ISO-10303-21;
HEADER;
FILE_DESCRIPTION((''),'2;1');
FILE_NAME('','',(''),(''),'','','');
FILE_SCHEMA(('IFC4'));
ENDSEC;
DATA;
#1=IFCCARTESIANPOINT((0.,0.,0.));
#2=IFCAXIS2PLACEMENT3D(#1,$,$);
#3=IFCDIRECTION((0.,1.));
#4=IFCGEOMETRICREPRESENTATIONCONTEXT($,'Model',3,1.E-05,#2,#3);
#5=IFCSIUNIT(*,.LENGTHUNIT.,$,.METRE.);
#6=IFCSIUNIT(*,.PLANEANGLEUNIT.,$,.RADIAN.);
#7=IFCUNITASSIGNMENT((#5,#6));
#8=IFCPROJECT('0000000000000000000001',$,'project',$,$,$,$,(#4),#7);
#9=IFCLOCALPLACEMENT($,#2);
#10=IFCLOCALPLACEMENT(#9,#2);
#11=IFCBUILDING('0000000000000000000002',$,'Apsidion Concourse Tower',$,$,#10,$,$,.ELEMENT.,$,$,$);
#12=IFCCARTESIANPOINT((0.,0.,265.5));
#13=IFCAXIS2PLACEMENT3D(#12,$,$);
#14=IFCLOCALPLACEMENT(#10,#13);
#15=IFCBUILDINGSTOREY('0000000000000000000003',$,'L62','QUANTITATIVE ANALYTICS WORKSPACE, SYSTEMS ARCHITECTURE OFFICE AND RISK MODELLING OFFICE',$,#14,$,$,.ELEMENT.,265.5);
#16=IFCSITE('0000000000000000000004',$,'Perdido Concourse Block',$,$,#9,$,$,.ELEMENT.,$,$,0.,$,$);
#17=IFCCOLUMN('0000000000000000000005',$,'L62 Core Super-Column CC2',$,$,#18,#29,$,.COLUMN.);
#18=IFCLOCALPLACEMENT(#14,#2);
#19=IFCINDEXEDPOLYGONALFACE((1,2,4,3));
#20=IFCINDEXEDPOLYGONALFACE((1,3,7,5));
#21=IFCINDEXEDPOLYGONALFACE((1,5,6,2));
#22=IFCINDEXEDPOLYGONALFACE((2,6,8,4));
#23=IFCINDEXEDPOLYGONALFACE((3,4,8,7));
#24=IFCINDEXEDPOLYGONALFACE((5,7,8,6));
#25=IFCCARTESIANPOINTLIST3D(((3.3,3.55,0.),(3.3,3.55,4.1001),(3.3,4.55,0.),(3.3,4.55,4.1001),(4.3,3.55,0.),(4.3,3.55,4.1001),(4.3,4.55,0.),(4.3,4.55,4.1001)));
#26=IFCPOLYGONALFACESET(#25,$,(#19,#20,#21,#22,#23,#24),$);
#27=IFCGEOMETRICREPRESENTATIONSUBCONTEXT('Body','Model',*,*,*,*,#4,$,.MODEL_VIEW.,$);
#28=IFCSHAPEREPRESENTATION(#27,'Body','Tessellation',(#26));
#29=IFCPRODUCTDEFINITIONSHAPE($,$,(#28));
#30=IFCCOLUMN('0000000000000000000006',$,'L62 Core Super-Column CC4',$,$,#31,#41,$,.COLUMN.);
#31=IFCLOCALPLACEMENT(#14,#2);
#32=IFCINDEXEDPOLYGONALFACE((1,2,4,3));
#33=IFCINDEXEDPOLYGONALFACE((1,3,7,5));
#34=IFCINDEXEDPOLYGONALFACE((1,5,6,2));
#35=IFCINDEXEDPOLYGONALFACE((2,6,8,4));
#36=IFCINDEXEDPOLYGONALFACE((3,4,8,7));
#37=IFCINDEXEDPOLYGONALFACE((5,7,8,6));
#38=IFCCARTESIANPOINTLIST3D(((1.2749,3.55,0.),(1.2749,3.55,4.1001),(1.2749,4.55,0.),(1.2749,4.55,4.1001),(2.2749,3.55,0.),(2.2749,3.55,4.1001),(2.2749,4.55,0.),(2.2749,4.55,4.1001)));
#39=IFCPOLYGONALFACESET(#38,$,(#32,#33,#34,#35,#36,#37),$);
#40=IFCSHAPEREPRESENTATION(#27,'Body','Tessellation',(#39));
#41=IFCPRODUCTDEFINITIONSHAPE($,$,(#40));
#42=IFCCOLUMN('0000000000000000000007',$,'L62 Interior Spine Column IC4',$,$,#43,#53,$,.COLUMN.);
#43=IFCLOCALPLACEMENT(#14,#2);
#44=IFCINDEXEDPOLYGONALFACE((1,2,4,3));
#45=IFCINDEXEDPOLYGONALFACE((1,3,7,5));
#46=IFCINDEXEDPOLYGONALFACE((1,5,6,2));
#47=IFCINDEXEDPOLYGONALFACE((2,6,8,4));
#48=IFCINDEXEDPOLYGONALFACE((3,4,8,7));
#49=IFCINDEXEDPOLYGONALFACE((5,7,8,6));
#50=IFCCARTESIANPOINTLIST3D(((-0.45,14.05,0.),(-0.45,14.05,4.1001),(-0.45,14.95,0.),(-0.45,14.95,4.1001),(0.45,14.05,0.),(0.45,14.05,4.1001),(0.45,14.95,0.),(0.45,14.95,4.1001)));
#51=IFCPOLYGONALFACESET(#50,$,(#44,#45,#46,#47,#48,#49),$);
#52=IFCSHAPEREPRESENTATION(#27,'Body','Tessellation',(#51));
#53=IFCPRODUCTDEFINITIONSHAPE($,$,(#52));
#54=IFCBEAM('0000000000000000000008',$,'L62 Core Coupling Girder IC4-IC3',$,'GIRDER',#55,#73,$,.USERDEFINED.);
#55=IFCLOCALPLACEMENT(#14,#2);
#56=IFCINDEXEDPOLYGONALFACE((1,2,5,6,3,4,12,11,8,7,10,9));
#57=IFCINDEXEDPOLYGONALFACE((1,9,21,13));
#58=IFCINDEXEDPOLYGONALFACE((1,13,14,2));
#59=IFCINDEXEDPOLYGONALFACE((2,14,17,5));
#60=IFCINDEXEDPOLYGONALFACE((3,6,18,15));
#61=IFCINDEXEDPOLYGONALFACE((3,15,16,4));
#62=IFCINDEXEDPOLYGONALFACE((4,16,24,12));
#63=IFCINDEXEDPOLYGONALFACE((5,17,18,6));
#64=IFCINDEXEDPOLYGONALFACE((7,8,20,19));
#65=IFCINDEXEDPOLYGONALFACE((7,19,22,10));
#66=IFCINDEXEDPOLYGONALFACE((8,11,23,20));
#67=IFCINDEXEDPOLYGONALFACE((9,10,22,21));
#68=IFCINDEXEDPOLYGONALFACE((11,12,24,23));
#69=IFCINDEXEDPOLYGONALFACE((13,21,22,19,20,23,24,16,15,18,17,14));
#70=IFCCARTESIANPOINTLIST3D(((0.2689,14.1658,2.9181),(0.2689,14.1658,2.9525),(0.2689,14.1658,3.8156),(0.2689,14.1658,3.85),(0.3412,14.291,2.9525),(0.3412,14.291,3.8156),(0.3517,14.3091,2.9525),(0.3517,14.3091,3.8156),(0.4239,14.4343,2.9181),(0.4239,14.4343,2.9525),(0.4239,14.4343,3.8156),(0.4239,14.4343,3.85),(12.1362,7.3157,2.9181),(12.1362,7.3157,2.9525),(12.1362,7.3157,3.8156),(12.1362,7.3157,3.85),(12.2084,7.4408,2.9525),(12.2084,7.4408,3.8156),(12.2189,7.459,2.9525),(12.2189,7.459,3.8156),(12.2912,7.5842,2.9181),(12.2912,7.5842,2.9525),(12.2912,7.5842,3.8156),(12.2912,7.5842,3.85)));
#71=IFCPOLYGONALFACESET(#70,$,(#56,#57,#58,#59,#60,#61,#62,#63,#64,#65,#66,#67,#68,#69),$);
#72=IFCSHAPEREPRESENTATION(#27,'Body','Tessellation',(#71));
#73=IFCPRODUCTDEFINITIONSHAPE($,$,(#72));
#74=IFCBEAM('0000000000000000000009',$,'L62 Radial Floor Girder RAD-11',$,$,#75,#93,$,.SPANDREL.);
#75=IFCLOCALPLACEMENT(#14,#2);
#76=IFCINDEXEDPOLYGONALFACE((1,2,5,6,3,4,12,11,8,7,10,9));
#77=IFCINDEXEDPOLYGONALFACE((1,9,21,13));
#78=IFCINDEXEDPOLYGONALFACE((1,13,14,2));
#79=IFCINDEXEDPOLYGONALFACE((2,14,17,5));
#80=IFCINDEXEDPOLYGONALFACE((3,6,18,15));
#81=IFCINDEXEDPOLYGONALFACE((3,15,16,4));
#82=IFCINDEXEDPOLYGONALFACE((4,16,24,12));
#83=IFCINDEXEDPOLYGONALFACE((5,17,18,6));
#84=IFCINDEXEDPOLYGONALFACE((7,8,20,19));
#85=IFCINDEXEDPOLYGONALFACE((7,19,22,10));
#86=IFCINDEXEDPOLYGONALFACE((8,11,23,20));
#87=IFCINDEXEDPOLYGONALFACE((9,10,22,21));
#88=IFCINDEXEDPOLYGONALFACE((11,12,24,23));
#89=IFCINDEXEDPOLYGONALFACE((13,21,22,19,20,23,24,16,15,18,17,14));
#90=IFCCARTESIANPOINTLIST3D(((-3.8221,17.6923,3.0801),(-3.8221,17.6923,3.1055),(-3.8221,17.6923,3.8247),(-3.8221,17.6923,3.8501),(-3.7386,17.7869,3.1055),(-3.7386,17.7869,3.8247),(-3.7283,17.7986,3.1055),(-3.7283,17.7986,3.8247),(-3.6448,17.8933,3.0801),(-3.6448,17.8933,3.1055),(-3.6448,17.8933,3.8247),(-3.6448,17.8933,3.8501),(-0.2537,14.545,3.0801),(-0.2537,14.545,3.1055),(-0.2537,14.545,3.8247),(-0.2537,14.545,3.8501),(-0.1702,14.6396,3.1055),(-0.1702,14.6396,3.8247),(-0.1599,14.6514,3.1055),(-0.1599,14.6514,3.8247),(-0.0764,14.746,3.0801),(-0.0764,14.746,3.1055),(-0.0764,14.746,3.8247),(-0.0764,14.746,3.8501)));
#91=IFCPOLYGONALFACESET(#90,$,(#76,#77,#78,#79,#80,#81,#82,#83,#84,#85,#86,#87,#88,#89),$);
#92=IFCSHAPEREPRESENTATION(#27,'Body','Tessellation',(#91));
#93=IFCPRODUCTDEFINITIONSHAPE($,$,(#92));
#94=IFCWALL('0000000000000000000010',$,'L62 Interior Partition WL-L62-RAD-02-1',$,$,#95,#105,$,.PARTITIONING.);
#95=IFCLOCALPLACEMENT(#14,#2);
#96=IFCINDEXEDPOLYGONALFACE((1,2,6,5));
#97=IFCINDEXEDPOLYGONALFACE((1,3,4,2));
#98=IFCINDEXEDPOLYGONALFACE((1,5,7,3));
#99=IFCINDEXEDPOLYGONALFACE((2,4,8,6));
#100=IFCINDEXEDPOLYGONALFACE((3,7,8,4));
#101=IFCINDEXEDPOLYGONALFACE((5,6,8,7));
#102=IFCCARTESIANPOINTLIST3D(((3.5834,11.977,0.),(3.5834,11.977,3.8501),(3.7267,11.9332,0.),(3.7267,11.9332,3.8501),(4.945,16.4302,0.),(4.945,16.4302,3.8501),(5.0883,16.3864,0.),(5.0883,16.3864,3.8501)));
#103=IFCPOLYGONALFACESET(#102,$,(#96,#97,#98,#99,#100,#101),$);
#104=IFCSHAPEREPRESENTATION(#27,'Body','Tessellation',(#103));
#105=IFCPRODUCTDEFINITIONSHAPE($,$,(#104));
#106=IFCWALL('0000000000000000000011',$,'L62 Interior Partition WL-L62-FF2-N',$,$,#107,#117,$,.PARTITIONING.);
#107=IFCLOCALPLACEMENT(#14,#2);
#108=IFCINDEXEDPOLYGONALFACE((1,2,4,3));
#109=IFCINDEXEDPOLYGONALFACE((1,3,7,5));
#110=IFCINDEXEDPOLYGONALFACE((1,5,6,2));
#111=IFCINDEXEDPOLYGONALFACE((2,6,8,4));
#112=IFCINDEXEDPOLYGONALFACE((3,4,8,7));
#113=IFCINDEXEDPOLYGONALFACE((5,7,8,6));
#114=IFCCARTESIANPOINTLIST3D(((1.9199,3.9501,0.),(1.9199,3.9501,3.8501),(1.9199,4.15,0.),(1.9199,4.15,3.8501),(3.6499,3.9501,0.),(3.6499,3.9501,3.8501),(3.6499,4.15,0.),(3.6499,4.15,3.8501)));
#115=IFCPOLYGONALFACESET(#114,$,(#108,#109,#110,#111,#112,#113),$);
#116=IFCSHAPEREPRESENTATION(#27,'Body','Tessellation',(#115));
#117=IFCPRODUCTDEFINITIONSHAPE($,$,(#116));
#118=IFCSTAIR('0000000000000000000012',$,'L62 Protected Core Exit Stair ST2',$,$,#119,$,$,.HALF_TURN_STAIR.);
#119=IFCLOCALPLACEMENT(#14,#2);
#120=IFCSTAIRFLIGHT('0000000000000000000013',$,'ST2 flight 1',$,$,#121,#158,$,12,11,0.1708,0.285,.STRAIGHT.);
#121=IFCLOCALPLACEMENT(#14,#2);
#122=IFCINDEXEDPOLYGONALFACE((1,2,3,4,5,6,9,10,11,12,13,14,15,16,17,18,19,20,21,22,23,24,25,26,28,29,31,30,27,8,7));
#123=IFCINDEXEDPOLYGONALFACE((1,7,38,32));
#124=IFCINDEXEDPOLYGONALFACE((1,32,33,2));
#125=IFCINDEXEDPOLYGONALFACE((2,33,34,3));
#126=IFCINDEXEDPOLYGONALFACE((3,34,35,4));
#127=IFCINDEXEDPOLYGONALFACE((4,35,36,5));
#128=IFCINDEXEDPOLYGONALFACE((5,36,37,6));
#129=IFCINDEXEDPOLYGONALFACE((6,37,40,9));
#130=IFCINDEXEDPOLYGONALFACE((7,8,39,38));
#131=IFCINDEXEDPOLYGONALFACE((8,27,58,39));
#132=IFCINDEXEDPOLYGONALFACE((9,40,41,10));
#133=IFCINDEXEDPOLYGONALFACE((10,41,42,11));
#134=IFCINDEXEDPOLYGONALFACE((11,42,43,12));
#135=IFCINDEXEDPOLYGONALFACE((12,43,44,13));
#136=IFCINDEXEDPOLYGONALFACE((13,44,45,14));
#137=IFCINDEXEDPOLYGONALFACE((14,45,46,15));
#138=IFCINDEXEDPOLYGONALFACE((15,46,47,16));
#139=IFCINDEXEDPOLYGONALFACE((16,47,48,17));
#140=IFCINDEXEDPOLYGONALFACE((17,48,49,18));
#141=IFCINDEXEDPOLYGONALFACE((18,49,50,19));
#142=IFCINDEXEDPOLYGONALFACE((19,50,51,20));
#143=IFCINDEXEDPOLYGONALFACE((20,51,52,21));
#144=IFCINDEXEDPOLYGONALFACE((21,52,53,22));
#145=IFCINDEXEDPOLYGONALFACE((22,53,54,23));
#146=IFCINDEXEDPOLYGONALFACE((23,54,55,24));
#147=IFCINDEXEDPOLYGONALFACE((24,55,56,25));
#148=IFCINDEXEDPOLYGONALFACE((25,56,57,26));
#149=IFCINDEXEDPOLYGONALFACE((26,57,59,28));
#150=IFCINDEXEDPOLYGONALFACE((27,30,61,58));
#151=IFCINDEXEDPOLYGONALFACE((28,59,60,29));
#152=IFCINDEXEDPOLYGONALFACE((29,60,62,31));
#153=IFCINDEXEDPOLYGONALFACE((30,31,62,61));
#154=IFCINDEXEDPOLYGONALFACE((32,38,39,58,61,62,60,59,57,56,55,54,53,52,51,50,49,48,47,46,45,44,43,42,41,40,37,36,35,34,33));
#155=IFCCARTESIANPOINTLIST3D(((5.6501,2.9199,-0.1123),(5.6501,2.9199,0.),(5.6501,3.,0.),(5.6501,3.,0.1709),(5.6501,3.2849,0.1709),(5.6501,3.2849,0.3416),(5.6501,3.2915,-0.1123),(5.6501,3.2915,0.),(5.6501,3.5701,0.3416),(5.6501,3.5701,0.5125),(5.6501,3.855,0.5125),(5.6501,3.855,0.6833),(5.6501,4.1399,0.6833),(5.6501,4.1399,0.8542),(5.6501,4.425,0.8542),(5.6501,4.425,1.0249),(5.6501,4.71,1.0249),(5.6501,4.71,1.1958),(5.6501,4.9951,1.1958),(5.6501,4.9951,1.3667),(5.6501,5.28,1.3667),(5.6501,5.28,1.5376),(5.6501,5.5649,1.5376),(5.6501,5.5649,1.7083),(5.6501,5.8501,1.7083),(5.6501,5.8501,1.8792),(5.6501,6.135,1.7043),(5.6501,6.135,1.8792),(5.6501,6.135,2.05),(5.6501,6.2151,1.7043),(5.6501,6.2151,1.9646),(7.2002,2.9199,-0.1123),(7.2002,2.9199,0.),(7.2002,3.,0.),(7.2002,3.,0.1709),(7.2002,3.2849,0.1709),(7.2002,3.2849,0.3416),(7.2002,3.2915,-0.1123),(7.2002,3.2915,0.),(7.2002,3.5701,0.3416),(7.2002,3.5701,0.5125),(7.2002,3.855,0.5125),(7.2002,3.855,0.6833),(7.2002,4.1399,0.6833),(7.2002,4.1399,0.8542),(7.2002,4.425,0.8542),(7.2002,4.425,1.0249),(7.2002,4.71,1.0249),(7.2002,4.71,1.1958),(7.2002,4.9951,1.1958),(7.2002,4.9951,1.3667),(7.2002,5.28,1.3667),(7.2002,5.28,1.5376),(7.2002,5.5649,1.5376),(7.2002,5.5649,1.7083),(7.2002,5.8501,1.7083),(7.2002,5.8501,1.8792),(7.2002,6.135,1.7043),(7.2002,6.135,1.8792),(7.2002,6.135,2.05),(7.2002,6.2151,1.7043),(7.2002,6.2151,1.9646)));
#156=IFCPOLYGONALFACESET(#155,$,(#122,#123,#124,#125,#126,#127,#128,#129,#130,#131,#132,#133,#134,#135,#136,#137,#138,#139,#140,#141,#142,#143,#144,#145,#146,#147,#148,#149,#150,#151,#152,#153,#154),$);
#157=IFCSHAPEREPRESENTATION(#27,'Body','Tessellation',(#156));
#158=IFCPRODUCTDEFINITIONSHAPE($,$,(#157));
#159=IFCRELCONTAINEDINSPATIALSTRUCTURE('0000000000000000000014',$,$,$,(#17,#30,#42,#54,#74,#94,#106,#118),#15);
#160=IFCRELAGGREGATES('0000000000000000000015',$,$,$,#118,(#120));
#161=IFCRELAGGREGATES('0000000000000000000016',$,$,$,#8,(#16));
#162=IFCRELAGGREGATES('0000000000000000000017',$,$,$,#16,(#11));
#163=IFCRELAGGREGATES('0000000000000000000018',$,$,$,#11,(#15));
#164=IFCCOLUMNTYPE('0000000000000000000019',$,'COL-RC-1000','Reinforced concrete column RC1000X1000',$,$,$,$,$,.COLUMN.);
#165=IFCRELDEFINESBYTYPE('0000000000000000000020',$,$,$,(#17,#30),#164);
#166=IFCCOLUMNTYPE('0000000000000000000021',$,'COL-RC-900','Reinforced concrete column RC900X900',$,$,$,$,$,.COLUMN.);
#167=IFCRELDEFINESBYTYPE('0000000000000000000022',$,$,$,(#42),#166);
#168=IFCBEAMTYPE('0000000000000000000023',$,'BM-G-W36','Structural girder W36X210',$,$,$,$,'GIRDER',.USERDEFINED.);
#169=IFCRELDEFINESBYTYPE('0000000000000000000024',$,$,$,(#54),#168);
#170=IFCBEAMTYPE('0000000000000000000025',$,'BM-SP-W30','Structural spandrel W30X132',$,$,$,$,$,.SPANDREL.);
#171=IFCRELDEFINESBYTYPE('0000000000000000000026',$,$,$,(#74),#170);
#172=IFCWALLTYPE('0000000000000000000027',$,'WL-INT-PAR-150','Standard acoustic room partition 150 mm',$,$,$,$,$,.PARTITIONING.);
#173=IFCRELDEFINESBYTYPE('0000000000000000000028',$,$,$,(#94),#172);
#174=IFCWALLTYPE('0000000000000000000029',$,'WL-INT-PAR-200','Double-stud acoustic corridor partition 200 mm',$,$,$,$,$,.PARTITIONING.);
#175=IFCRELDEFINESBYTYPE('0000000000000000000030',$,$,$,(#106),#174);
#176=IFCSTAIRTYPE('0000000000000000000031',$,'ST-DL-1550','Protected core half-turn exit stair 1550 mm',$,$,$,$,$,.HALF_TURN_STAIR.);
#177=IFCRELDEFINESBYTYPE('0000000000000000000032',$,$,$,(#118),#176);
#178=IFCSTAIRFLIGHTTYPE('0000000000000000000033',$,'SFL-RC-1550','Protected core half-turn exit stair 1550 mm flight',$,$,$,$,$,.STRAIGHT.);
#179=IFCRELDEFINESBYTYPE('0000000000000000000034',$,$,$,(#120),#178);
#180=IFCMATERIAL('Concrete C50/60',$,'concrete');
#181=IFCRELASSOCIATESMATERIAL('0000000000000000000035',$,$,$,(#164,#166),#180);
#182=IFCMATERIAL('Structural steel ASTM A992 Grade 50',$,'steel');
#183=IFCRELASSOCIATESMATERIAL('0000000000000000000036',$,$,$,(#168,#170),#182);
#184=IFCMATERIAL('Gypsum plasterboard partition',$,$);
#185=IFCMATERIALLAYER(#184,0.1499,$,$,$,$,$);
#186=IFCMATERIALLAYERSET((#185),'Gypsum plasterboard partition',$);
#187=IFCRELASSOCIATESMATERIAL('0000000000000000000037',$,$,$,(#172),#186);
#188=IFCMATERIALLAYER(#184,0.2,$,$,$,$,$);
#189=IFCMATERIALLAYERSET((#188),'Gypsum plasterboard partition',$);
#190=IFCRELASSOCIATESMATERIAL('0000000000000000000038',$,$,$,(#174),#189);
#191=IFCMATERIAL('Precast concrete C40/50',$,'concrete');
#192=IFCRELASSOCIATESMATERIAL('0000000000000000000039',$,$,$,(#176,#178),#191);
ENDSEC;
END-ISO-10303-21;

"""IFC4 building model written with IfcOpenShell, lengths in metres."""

from ifc_helpers import new_model, si_unit, direction, frame, frame_2d, origin, origin_2d, place, context, subcontext, project, spatial, polyline, rectangle, i_section, outline, extrude, material, layer, layer_set, material_profile, profile_set, type_object, element, aggregate, save


model = new_model("IFC4")

# Units and contexts
model_context = context("Model", 3, precision=1e-05, world=origin(), true_north=direction((0.0, 1.0)))
body_context = subcontext(model_context, "Body", "Model", "MODEL_VIEW")
ifc_project = project(units=[si_unit("LENGTHUNIT", "METRE"), si_unit("PLANEANGLEUNIT", "RADIAN")], contexts=[model_context])

# Site, building, storey
site_placement = place(None, origin())
site = spatial("IfcSite", under=ifc_project, at=site_placement, Name="Perdido Concourse Block", CompositionType="ELEMENT", RefElevation=0.0)
building_placement = place(site_placement, origin())
building = spatial("IfcBuilding", under=site, at=building_placement, Name="Apsidion Concourse Tower", CompositionType="ELEMENT")
storey_placement = place(building_placement, frame((0.0, 0.0, 265.5)))
storey = spatial("IfcBuildingStorey", under=building, at=storey_placement, Name="L62", Description="QUANTITATIVE ANALYTICS WORKSPACE, SYSTEMS ARCHITECTURE OFFICE AND RISK MODELLING OFFICE", CompositionType="ELEMENT", Elevation=265.5)

# Columns
ifc_material_1 = material(Name="Concrete C50/60", Category="concrete")
ifc_material_profile_1 = material_profile(ifc_material_1, rectangle(XDim=1.0, YDim=1.0, at=origin_2d()), Name="RC 1000x1000")
ifc_profile_set_1 = profile_set([ifc_material_profile_1], Name="Concrete C50/60")
column_type_1 = type_object("IfcColumnType", Name="COL-RC-1000", Description="Reinforced concrete column RC1000X1000", PredefinedType="COLUMN", material=ifc_profile_set_1)
for number, where, z_axis, x_axis, name in (
    (1, (3.8, 4.05, 0.0), (0.0, 0.0, 1.0), (1.0, 0.0, 0.0), "L62 Core Super-Column CC2"),
    (2, (1.7749, 4.05, 0.0), (0.0, 0.0, 1.0), (1.0, 0.0, 0.0), "L62 Core Super-Column CC4"),
):
    element("IfcColumn", number, at=place(storey_placement, frame(where, z_axis=z_axis, x_axis=x_axis)), inside=storey, type_object=column_type_1, Name=name, PredefinedType="COLUMN", context=body_context, shape_type="SweptSolid", body=[
        extrude(rectangle(XDim=1.0, YDim=1.0, at=origin_2d()), origin(), (0.0, 0.0, 1.0), 4.1001),
    ])
ifc_material_profile_2 = material_profile(ifc_material_1, rectangle(XDim=0.8999, YDim=0.8999, at=origin_2d()), Name="RC 900x900")
ifc_profile_set_2 = profile_set([ifc_material_profile_2], Name="Concrete C50/60")
column_type_2 = type_object("IfcColumnType", Name="COL-RC-900", Description="Reinforced concrete column RC900X900", PredefinedType="COLUMN", material=ifc_profile_set_2)
column_placement = place(storey_placement, frame((0.0, 14.5, 0.0), z_axis=(0.0, 0.0, 1.0), x_axis=(1.0, 0.0, 0.0)))
element("IfcColumn", 3, at=column_placement, inside=storey, type_object=column_type_2, Name="L62 Interior Spine Column IC4", PredefinedType="COLUMN", context=body_context, shape_type="SweptSolid", body=[
    extrude(rectangle(XDim=0.8999, YDim=0.8999, at=origin_2d()), origin(), (0.0, 0.0, 1.0), 4.1001),
])

# Beams
ifc_material_2 = material(Name="Structural steel ASTM A992 Grade 50", Category="steel")
ifc_material_profile_3 = material_profile(ifc_material_2, i_section(OverallWidth=0.3101, OverallDepth=0.9319, WebThickness=0.021, FlangeThickness=0.0344, at=origin_2d()), Name="W36X210")
ifc_profile_set_3 = profile_set([ifc_material_profile_3], Name="Structural steel ASTM A992 Grade 50")
beam_type_1 = type_object("IfcBeamType", Name="BM-G-W36", Description="Structural girder W36X210", ElementType="GIRDER", PredefinedType="USERDEFINED", material=ifc_profile_set_3)
beam_1_placement = place(storey_placement, frame((0.3464, 14.3, 3.384), z_axis=(0.86607, -0.499922, 0.0), x_axis=(0.499922, 0.86607, 0.0)))
element("IfcBeam", 4, at=beam_1_placement, inside=storey, type_object=beam_type_1, Name="L62 Core Coupling Girder IC4-IC3", ObjectType="GIRDER", PredefinedType="USERDEFINED", context=body_context, shape_type="SweptSolid", body=[
    extrude(i_section(OverallWidth=0.3101, OverallDepth=0.9319, WebThickness=0.021, FlangeThickness=0.0344, at=origin_2d()), origin(), (0.0, 0.0, 1.0), 13.7024),
])
ifc_material_profile_4 = material_profile(ifc_material_2, i_section(OverallWidth=0.2681, OverallDepth=0.77, WebThickness=0.0156, FlangeThickness=0.0254, at=origin_2d()), Name="W30X132")
ifc_profile_set_4 = profile_set([ifc_material_profile_4], Name="Structural steel ASTM A992 Grade 50")
beam_type_2 = type_object("IfcBeamType", Name="BM-SP-W30", Description="Structural spandrel W30X132", PredefinedType="SPANDREL", material=ifc_profile_set_4)
beam_2_placement = place(storey_placement, frame((-0.165, 14.6455, 3.4651), z_axis=(-0.749977, 0.661464, 0.0), x_axis=(-0.661464, -0.749977, 0.0)))
element("IfcBeam", 5, at=beam_2_placement, inside=storey, type_object=beam_type_2, Name="L62 Radial Floor Girder RAD-11", PredefinedType="SPANDREL", context=body_context, shape_type="SweptSolid", body=[
    extrude(i_section(OverallWidth=0.2681, OverallDepth=0.77, WebThickness=0.0156, FlangeThickness=0.0254, at=origin_2d()), origin(), (0.0, 0.0, 1.0), 4.7581),
])

# Walls
ifc_material_3 = material(Name="Gypsum plasterboard partition")
ifc_layer_1 = layer(ifc_material_3, 0.1499)
ifc_layer_set_1 = layer_set([ifc_layer_1], Name="Gypsum plasterboard partition")
wall_type_1 = type_object("IfcWallType", Name="WL-INT-PAR-150", Description="Standard acoustic room partition 150 mm", PredefinedType="PARTITIONING", material=ifc_layer_set_1)
wall_1_placement = place(storey_placement, frame((3.655, 11.9551, 0.0), z_axis=(0.0, 0.0, 1.0), x_axis=(0.292394, 0.956298, 0.0)))
element("IfcWall", 6, at=wall_1_placement, inside=storey, type_object=wall_type_1, Name="L62 Interior Partition WL-L62-RAD-02-1", PredefinedType="PARTITIONING", context=body_context, shape_type="SweptSolid", body=[
    extrude(rectangle(XDim=4.6567, YDim=0.1499, at=frame_2d((2.3284, 0.0))), origin(), (0.0, 0.0, 1.0), 3.8501),
])
ifc_layer_2 = layer(ifc_material_3, 0.2)
ifc_layer_set_2 = layer_set([ifc_layer_2], Name="Gypsum plasterboard partition")
wall_type_2 = type_object("IfcWallType", Name="WL-INT-PAR-200", Description="Double-stud acoustic corridor partition 200 mm", PredefinedType="PARTITIONING", material=ifc_layer_set_2)
wall_2_placement = place(storey_placement, frame((1.9199, 4.05, 0.0), z_axis=(0.0, 0.0, 1.0), x_axis=(1.0, 0.0, 0.0)))
element("IfcWall", 7, at=wall_2_placement, inside=storey, type_object=wall_type_2, Name="L62 Interior Partition WL-L62-FF2-N", PredefinedType="PARTITIONING", context=body_context, shape_type="SweptSolid", body=[
    extrude(rectangle(XDim=1.73, YDim=0.2, at=frame_2d((0.865, 0.0))), origin(), (0.0, 0.0, 1.0), 3.8501),
])

# Stair, stair flight
ifc_material_4 = material(Name="Precast concrete C40/50", Category="concrete")
stair_type = type_object("IfcStairType", Name="ST-DL-1550", Description="Protected core half-turn exit stair 1550 mm", PredefinedType="HALF_TURN_STAIR", material=ifc_material_4)
stair_1_placement = place(storey_placement, origin())
stair_1 = element("IfcStair", 8, at=stair_1_placement, inside=storey, type_object=stair_type, Name="L62 Protected Core Exit Stair ST2", PredefinedType="HALF_TURN_STAIR")
stair_flight_type = type_object("IfcStairFlightType", Name="SFL-RC-1550", Description="Protected core half-turn exit stair 1550 mm flight", PredefinedType="STRAIGHT", material=ifc_material_4)
stair_flight_1_placement = place(storey_placement, frame((6.425, 3.0, 0.0), z_axis=(0.0, 0.0, 1.0), x_axis=(0.0, 1.0, 0.0)))
stair_flight_1 = element("IfcStairFlight", 9, at=stair_flight_1_placement, type_object=stair_flight_type, Name="ST2 flight 1", NumberOfRisers=12, NumberOfTreads=11, PredefinedType="STRAIGHT", RiserHeight=0.1708, TreadLength=0.285, context=body_context, shape_type="SweptSolid", body=[
    extrude(outline(polyline([(-0.0801, -0.1123), (-0.0801, 0.0), (0.0, 0.0), (0.0, 0.1709), (0.2849, 0.1709), (0.2849, 0.3416), (0.5701, 0.3416), (0.5701, 0.5125), (0.855, 0.5125), (0.855, 0.6833), (1.1399, 0.6833), (1.1399, 0.8542), (1.425, 0.8542), (1.425, 1.0249), (1.71, 1.0249), (1.71, 1.1958), (1.9951, 1.1958), (1.9951, 1.3667), (2.28, 1.3667), (2.28, 1.5376), (2.5649, 1.5376), (2.5649, 1.7083), (2.8501, 1.7083), (2.8501, 1.8792), (3.135, 1.8792), (3.135, 2.05), (3.2151, 1.9646), (3.2151, 1.7043), (3.135, 1.7043), (0.2915, 0.0), (0.2915, -0.1123), (-0.0801, -0.1123)])), frame((0.0, 0.7749, 0.0), z_axis=(0.0, -1.0, 0.0), x_axis=(1.0, 0.0, 0.0)), (0.0, 0.0, 1.0), 1.55),
])
aggregate(stair_1, [stair_flight_1])

save(model, "model.ifc")
